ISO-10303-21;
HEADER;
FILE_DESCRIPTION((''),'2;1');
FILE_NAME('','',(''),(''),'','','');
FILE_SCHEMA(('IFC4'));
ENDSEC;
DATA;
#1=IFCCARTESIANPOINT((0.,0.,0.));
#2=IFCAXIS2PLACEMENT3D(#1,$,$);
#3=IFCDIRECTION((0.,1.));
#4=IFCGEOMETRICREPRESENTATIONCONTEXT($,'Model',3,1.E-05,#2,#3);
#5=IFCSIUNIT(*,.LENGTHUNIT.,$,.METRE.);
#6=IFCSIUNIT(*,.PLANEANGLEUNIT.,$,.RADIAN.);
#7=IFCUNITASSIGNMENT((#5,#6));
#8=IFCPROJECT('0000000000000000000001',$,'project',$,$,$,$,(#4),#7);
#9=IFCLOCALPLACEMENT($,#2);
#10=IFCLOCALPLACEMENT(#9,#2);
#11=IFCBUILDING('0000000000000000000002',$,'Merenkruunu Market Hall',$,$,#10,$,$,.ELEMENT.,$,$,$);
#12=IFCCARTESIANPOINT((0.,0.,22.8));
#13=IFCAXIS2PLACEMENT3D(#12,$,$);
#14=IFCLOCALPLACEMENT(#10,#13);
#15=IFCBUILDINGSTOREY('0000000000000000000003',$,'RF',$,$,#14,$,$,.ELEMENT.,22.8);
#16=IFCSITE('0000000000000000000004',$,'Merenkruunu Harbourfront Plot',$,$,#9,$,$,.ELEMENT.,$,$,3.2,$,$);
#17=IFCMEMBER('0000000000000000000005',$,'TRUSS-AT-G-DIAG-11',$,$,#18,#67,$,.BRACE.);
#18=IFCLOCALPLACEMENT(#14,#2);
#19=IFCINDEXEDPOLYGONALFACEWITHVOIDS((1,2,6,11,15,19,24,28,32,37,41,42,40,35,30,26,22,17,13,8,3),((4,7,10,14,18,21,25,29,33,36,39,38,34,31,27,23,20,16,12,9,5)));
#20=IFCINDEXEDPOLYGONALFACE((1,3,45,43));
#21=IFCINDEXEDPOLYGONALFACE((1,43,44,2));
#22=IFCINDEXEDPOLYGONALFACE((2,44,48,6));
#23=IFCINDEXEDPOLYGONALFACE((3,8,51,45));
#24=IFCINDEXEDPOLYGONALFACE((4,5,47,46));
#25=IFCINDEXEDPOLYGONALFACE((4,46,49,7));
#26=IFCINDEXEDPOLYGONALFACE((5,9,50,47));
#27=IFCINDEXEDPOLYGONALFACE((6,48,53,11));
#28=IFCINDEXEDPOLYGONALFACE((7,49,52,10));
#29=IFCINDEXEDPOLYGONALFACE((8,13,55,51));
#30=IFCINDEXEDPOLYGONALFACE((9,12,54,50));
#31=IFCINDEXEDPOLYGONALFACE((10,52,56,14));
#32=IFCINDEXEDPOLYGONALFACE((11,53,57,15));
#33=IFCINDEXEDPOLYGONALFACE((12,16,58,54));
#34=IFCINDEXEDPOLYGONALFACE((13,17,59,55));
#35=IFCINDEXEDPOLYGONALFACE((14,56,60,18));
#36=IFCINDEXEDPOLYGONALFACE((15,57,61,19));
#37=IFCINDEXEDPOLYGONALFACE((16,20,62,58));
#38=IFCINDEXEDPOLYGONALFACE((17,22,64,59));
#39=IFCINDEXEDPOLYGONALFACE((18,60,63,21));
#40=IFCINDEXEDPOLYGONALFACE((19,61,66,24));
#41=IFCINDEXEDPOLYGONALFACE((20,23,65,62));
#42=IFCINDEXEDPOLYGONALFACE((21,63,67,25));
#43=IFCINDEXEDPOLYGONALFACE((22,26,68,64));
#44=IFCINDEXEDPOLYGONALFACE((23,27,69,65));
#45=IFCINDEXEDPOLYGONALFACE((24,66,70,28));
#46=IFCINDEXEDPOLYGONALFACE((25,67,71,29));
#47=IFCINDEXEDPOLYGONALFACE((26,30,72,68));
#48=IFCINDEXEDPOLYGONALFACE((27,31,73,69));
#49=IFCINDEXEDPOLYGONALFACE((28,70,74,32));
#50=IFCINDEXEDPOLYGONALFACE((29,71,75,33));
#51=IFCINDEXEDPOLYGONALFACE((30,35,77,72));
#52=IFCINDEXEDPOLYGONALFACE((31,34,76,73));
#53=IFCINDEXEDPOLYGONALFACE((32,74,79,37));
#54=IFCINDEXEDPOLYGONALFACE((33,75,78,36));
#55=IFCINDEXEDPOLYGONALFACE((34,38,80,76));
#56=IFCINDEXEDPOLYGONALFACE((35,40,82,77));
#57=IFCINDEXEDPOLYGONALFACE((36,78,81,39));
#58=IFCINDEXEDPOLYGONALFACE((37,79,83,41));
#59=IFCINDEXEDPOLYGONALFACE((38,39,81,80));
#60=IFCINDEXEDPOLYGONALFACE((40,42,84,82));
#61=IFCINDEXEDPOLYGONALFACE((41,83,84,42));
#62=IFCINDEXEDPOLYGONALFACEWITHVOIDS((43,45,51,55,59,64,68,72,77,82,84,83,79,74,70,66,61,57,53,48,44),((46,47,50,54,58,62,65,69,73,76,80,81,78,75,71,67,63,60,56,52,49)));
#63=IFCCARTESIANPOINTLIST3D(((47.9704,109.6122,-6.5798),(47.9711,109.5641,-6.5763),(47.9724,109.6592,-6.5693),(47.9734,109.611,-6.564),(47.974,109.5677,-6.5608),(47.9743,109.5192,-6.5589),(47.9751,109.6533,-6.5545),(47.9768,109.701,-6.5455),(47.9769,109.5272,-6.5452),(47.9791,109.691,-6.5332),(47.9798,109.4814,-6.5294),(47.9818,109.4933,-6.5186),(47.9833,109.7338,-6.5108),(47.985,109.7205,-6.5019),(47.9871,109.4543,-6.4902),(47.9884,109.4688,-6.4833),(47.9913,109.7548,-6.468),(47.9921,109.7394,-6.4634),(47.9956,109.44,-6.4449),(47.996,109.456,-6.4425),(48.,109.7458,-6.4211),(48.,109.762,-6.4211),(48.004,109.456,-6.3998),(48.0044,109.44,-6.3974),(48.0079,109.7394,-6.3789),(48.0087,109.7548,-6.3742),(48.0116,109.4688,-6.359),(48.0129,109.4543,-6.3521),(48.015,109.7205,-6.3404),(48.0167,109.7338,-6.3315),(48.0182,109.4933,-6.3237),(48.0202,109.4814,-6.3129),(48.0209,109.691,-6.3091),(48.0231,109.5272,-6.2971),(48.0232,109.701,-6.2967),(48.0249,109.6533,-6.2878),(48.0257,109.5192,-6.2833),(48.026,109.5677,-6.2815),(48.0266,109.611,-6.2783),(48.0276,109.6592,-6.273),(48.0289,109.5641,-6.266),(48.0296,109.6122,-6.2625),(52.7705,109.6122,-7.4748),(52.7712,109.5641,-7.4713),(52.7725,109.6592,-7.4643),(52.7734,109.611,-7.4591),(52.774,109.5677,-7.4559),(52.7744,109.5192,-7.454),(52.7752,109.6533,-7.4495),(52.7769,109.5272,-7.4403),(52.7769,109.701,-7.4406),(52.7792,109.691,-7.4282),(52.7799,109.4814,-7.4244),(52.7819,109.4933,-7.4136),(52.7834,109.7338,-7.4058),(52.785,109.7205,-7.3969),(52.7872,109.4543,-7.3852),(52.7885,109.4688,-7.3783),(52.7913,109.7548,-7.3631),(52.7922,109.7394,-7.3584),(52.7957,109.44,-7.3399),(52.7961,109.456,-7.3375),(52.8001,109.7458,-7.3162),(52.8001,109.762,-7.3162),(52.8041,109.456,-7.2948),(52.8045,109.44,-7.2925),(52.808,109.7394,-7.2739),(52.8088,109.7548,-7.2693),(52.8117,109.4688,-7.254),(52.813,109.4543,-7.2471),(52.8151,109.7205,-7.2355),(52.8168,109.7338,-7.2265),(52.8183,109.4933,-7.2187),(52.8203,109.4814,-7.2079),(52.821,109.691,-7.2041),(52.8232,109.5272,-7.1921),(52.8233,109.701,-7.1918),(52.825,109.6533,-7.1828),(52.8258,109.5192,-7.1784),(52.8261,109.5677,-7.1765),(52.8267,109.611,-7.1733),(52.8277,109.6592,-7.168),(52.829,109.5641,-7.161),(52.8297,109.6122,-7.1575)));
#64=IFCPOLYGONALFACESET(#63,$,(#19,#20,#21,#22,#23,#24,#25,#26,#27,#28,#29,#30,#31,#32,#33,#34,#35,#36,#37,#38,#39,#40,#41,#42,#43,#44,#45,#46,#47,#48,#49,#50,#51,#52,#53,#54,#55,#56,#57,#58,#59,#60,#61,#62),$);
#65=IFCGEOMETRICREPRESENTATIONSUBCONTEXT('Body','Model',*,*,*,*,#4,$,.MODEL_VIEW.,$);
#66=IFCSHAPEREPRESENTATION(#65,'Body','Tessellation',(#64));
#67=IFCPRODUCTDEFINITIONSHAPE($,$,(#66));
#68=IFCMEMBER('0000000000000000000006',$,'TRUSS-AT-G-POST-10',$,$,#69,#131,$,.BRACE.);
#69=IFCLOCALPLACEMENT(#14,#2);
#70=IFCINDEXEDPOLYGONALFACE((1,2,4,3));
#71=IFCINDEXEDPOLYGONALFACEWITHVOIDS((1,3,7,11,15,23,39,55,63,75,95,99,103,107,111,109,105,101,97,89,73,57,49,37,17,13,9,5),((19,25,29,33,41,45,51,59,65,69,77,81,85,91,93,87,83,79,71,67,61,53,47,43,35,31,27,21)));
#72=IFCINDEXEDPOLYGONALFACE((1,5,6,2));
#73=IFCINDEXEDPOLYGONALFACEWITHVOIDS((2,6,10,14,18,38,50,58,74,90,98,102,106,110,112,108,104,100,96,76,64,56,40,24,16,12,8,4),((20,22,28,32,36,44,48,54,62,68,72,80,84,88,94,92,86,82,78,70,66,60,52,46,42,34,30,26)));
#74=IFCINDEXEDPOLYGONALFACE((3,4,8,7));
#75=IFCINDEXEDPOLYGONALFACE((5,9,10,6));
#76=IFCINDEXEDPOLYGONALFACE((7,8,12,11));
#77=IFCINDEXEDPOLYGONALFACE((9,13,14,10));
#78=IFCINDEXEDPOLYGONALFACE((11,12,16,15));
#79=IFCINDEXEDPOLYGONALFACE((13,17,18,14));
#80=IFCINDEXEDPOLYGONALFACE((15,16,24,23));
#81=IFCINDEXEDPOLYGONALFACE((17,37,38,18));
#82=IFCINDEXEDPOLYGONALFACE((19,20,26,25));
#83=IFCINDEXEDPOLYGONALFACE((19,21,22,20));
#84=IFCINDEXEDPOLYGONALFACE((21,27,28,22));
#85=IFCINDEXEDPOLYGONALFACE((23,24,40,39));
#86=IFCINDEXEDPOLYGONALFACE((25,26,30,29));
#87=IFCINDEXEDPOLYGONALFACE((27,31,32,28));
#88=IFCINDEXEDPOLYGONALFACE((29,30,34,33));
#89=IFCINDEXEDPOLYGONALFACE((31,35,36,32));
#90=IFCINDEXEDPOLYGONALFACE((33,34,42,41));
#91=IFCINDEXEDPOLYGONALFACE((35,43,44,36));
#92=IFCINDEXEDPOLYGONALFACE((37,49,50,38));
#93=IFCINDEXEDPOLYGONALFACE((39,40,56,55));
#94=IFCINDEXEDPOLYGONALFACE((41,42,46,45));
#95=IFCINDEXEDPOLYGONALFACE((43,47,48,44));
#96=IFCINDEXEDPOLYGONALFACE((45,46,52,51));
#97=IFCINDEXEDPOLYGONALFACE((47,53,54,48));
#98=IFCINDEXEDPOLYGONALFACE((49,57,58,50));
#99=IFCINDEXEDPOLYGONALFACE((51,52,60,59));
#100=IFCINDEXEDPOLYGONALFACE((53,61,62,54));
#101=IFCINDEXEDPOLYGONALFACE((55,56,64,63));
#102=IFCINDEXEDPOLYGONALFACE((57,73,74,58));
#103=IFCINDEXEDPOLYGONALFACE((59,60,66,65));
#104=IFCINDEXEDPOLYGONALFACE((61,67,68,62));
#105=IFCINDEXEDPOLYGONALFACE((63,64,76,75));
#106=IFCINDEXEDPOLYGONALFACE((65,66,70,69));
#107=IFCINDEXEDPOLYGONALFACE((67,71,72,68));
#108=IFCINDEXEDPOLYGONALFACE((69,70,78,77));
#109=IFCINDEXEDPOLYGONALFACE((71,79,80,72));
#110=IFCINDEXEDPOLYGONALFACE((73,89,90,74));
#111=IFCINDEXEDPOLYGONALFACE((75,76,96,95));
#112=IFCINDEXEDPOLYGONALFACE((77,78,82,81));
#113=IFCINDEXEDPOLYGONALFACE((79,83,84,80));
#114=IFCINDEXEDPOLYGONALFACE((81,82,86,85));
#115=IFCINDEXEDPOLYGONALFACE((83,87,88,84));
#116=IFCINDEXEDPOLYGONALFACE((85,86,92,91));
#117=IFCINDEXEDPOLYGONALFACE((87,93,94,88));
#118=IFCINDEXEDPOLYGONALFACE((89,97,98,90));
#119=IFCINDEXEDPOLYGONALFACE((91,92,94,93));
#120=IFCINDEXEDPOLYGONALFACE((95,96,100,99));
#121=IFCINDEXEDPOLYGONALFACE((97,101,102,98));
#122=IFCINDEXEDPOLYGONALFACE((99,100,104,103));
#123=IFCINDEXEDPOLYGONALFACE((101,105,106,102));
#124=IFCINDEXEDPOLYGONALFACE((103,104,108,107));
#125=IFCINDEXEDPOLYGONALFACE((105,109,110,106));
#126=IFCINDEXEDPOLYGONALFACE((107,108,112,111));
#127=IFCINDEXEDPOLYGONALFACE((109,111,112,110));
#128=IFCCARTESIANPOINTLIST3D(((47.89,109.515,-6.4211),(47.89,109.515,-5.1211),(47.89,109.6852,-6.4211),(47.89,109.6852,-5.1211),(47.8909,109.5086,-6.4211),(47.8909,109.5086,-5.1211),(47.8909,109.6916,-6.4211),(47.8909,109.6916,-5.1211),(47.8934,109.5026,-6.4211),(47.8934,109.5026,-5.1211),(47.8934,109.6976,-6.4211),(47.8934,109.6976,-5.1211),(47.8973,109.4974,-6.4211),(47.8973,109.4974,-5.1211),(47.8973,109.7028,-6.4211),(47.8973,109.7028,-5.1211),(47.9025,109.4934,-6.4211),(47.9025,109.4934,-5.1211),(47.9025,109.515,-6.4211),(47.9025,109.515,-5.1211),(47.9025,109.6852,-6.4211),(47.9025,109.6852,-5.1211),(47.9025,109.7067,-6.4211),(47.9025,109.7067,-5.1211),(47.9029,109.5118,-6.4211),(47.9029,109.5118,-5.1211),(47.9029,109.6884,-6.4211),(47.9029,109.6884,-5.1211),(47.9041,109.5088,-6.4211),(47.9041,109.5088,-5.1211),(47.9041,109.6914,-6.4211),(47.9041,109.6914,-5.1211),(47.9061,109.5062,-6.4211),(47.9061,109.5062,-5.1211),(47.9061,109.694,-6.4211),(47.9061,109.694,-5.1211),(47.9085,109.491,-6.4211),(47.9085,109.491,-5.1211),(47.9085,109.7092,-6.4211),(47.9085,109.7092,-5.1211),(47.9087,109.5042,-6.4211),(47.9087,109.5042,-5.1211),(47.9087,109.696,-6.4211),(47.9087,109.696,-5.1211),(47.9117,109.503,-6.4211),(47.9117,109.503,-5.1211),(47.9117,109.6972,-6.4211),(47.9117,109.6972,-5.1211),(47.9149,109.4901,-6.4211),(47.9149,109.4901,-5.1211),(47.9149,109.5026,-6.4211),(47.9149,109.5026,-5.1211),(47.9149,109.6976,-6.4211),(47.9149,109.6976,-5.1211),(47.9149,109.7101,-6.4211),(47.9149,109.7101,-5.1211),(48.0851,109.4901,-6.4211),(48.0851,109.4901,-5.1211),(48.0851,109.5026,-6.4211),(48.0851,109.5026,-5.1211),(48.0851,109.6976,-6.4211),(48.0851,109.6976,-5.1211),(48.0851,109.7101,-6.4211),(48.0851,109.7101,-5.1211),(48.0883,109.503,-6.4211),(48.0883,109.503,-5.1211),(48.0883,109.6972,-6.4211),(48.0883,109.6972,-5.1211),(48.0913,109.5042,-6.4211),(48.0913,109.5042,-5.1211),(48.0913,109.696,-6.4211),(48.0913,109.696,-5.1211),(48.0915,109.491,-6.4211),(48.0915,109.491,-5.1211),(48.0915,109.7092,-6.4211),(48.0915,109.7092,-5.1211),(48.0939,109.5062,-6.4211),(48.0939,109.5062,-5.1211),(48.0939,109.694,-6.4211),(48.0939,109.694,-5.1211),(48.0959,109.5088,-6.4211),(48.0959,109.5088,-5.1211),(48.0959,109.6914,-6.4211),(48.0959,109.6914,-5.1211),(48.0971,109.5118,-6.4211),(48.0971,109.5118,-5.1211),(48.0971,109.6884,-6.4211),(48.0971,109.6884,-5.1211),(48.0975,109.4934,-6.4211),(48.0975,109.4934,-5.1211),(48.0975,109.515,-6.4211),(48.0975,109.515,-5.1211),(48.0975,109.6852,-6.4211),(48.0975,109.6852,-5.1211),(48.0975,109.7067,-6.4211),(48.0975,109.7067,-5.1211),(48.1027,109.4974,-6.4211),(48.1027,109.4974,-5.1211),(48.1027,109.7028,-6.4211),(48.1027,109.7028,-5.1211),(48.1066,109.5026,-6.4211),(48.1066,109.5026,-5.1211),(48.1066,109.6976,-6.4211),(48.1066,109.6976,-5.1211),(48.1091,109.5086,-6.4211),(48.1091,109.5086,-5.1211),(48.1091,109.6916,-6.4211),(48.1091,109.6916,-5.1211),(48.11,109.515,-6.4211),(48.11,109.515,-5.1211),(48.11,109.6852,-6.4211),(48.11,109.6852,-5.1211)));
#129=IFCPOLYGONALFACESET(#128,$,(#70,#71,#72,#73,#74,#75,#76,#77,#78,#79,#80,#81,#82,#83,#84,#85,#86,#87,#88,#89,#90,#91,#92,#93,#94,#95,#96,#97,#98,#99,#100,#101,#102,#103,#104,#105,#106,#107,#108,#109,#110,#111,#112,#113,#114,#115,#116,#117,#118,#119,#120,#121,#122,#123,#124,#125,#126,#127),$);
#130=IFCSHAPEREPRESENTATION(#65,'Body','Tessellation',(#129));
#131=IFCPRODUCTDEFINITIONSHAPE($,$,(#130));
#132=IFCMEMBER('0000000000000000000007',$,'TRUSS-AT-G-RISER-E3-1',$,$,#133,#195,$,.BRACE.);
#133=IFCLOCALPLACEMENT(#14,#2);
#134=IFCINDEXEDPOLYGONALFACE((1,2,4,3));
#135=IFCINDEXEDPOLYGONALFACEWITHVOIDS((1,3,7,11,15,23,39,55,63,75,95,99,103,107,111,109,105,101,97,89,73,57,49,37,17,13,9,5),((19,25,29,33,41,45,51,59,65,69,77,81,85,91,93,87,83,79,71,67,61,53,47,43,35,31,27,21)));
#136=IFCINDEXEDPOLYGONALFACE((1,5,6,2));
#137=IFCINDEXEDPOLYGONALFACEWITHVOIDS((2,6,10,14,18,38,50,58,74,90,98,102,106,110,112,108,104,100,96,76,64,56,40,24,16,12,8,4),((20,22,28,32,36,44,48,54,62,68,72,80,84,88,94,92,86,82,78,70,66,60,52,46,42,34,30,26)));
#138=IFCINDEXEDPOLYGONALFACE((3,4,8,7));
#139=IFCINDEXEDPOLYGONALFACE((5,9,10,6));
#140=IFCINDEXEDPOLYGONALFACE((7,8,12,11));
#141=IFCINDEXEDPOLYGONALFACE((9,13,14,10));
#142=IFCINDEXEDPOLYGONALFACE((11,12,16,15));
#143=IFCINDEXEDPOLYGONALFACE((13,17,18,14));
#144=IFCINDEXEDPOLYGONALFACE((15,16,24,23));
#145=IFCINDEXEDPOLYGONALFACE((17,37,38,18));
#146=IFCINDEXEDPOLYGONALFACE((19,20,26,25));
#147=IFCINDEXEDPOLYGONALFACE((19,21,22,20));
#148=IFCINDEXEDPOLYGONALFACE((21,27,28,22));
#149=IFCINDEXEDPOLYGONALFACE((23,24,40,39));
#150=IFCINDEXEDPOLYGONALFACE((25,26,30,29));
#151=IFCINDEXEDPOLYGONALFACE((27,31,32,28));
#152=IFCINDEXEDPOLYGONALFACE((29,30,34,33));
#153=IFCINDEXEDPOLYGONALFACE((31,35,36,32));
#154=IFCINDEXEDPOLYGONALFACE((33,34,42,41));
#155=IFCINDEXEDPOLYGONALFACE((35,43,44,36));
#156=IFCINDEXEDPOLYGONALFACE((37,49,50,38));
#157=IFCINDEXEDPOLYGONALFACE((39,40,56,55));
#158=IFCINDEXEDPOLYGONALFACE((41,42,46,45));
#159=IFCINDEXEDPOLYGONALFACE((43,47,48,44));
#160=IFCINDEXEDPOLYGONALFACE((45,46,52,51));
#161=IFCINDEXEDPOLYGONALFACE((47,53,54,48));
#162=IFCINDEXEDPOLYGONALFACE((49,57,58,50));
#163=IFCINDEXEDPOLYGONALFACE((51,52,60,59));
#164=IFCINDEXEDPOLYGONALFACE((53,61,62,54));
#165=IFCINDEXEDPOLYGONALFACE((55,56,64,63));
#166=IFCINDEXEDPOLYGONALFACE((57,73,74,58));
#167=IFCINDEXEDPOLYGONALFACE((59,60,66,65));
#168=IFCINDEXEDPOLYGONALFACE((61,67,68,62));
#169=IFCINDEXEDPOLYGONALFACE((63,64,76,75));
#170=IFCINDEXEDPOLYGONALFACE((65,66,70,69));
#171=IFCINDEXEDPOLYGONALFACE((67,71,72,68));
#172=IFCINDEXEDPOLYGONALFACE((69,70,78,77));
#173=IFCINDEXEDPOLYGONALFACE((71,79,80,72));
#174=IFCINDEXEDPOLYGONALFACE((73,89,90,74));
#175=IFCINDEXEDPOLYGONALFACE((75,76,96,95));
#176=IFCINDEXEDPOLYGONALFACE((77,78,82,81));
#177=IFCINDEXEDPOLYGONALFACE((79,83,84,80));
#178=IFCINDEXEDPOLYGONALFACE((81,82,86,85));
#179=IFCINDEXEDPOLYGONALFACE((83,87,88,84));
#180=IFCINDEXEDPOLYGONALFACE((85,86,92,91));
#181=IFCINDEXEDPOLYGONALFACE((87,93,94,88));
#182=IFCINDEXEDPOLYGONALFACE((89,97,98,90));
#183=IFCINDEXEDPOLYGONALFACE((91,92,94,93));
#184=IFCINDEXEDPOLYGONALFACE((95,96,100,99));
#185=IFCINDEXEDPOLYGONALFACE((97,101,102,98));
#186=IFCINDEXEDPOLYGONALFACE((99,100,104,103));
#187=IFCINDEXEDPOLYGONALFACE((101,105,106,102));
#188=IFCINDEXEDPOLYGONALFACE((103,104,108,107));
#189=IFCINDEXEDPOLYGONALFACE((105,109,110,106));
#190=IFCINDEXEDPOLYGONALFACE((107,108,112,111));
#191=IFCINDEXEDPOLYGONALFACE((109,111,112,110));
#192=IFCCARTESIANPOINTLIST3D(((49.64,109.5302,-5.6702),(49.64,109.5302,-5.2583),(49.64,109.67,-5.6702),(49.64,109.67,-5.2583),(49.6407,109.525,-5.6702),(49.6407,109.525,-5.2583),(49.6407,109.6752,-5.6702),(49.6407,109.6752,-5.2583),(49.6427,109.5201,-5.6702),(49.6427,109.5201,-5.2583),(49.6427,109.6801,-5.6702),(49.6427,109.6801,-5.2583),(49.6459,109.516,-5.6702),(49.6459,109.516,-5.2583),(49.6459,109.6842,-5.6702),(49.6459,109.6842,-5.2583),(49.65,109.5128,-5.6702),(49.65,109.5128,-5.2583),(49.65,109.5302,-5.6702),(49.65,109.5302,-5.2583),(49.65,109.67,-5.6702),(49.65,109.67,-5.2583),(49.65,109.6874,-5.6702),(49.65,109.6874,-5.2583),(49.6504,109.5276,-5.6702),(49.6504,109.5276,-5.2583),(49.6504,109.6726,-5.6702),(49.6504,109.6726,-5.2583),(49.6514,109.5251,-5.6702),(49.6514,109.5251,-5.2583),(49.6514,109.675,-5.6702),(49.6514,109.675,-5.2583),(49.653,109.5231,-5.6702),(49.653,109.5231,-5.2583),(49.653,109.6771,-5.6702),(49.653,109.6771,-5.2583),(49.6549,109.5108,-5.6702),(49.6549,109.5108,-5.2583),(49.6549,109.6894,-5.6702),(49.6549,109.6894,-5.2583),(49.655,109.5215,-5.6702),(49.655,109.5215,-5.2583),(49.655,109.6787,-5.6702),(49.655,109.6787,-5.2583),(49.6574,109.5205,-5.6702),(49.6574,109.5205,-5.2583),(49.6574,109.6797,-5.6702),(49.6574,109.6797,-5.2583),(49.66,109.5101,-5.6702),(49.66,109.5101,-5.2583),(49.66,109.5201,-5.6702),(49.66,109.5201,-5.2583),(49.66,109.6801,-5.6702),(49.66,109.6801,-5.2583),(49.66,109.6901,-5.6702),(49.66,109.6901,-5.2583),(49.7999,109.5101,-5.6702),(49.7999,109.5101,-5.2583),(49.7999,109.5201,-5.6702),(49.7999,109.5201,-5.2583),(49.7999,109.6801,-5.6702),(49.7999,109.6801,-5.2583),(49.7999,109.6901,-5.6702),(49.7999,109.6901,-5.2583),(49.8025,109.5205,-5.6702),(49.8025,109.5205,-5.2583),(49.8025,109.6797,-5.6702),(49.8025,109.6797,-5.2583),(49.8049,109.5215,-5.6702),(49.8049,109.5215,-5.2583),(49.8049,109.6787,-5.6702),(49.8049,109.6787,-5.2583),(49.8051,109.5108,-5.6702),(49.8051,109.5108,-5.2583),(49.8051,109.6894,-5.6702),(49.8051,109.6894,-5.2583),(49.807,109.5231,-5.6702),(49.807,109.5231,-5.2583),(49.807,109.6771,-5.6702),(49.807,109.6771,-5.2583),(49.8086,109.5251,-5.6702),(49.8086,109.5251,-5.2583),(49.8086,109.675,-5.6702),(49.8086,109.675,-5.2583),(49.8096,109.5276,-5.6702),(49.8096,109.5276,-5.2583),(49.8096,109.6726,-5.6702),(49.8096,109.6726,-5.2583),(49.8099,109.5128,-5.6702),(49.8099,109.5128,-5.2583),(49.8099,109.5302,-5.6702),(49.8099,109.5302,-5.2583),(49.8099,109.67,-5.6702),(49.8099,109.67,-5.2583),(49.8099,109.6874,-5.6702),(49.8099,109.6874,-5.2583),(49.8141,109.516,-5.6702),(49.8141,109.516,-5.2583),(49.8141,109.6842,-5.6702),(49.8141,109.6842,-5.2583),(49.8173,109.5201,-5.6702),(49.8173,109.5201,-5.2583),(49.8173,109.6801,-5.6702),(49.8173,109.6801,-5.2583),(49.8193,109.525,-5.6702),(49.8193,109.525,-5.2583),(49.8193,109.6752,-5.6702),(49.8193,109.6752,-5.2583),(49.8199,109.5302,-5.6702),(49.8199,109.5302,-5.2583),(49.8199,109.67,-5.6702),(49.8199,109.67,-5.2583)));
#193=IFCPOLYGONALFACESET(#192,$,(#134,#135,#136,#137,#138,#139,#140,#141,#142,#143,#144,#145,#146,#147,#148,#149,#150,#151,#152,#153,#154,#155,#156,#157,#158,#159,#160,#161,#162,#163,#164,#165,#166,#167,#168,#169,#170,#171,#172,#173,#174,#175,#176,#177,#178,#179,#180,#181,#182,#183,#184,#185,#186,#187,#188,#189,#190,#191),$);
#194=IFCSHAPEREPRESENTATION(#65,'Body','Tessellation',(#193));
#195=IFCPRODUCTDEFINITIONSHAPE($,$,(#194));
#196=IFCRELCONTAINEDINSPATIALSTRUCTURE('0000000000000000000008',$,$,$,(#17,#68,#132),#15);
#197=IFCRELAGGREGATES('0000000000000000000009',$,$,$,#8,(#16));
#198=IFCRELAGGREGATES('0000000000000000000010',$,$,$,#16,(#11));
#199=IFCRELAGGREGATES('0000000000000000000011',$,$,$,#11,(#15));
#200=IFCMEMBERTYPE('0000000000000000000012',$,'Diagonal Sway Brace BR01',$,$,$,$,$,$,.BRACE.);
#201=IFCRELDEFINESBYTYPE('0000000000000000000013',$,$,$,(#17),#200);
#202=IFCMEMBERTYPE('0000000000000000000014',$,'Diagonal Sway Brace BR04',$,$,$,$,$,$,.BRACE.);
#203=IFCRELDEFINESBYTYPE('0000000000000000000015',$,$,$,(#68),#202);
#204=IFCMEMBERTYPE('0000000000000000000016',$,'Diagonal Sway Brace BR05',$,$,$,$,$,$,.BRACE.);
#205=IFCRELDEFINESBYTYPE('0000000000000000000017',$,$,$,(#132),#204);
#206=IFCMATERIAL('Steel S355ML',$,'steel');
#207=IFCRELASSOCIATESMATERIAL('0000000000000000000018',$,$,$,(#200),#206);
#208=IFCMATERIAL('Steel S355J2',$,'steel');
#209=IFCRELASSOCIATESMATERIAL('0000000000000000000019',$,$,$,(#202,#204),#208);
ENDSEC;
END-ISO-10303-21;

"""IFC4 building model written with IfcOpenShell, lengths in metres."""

from ifc_helpers import new_model, si_unit, direction, frame, origin, origin_2d, place, context, subcontext, project, spatial, hollow_rectangle, hollow_circle, extrude, material, material_profile, profile_set, type_object, element, save


model = new_model("IFC4")

# Units and contexts
model_context = context("Model", 3, precision=1e-05, world=origin(), true_north=direction((0.0, 1.0)))
body_context = subcontext(model_context, "Body", "Model", "MODEL_VIEW")
ifc_project = project(units=[si_unit("LENGTHUNIT", "METRE"), si_unit("PLANEANGLEUNIT", "RADIAN")], contexts=[model_context])

# Site, building, storey
site_placement = place(None, origin())
site = spatial("IfcSite", under=ifc_project, at=site_placement, Name="Merenkruunu Harbourfront Plot", CompositionType="ELEMENT", RefElevation=3.2)
building_placement = place(site_placement, origin())
building = spatial("IfcBuilding", under=site, at=building_placement, Name="Merenkruunu Market Hall", CompositionType="ELEMENT")
storey_placement = place(building_placement, frame((0.0, 0.0, 22.8)))
storey = spatial("IfcBuildingStorey", under=building, at=storey_placement, Name="RF", CompositionType="ELEMENT", Elevation=22.8)

# Shared definitions
ifc_material_1 = material(Name="Steel S355ML", Category="steel")

# Members
ifc_material_profile_1 = material_profile(ifc_material_1, hollow_circle(Radius=0.1619, WallThickness=0.0161, at=origin_2d()), Name="CHS 323.9x16")
ifc_profile_set_1 = profile_set([ifc_material_profile_1], Name="Steel S355ML")
member_type_1 = type_object("IfcMemberType", Name="Diagonal Sway Brace BR01", PredefinedType="BRACE", material=ifc_profile_set_1)
member_1_placement = place(storey_placement, frame((48.0, 109.6001, -6.4211), z_axis=(0.983057, 0.0, -0.183301), x_axis=(0.0, 1.0, 0.0)))
element("IfcMember", 1, at=member_1_placement, inside=storey, type_object=member_type_1, Name="TRUSS-AT-G-DIAG-11", PredefinedType="BRACE", context=body_context, shape_type="SweptSolid", body=[
    extrude(hollow_circle(Radius=0.1619, WallThickness=0.0161, at=origin_2d()), origin(), (0.0, 0.0, 1.0), 4.8828),
])
ifc_material_2 = material(Name="Steel S355J2", Category="steel")
ifc_material_profile_2 = material_profile(ifc_material_2, hollow_rectangle(XDim=0.22, YDim=0.22, WallThickness=0.0125, InnerFilletRadius=0.0125, OuterFilletRadius=0.0249, at=origin_2d()), Name="SHS 220x220x12.5")
ifc_profile_set_2 = profile_set([ifc_material_profile_2], Name="Steel S355J2")
member_type_2 = type_object("IfcMemberType", Name="Diagonal Sway Brace BR04", PredefinedType="BRACE", material=ifc_profile_set_2)
member_2_placement = place(storey_placement, frame((48.0, 109.6001, -6.4211), z_axis=(0.0, 0.0, 1.0), x_axis=(1.0, 0.0, 0.0)))
element("IfcMember", 2, at=member_2_placement, inside=storey, type_object=member_type_2, Name="TRUSS-AT-G-POST-10", PredefinedType="BRACE", context=body_context, shape_type="SweptSolid", body=[
    extrude(hollow_rectangle(XDim=0.22, YDim=0.22, WallThickness=0.0125, InnerFilletRadius=0.0125, OuterFilletRadius=0.0249, at=origin_2d()), origin(), (0.0, 0.0, 1.0), 1.3),
])
ifc_material_profile_3 = material_profile(ifc_material_2, hollow_rectangle(XDim=0.1799, YDim=0.1799, WallThickness=0.01, InnerFilletRadius=0.01, OuterFilletRadius=0.02, at=origin_2d()), Name="SHS 180x180x10")
ifc_profile_set_3 = profile_set([ifc_material_profile_3], Name="Steel S355J2")
member_type_3 = type_object("IfcMemberType", Name="Diagonal Sway Brace BR05", PredefinedType="BRACE", material=ifc_profile_set_3)
member_3_placement = place(storey_placement, frame((49.73, 109.6001, -5.6702), z_axis=(0.0, 0.0, 1.0), x_axis=(1.0, 0.0, 0.0)))
element("IfcMember", 3, at=member_3_placement, inside=storey, type_object=member_type_3, Name="TRUSS-AT-G-RISER-E3-1", PredefinedType="BRACE", context=body_context, shape_type="SweptSolid", body=[
    extrude(hollow_rectangle(XDim=0.1799, YDim=0.1799, WallThickness=0.01, InnerFilletRadius=0.01, OuterFilletRadius=0.02, at=origin_2d()), origin(), (0.0, 0.0, 1.0), 0.4119),
])

save(model, "model.ifc")
